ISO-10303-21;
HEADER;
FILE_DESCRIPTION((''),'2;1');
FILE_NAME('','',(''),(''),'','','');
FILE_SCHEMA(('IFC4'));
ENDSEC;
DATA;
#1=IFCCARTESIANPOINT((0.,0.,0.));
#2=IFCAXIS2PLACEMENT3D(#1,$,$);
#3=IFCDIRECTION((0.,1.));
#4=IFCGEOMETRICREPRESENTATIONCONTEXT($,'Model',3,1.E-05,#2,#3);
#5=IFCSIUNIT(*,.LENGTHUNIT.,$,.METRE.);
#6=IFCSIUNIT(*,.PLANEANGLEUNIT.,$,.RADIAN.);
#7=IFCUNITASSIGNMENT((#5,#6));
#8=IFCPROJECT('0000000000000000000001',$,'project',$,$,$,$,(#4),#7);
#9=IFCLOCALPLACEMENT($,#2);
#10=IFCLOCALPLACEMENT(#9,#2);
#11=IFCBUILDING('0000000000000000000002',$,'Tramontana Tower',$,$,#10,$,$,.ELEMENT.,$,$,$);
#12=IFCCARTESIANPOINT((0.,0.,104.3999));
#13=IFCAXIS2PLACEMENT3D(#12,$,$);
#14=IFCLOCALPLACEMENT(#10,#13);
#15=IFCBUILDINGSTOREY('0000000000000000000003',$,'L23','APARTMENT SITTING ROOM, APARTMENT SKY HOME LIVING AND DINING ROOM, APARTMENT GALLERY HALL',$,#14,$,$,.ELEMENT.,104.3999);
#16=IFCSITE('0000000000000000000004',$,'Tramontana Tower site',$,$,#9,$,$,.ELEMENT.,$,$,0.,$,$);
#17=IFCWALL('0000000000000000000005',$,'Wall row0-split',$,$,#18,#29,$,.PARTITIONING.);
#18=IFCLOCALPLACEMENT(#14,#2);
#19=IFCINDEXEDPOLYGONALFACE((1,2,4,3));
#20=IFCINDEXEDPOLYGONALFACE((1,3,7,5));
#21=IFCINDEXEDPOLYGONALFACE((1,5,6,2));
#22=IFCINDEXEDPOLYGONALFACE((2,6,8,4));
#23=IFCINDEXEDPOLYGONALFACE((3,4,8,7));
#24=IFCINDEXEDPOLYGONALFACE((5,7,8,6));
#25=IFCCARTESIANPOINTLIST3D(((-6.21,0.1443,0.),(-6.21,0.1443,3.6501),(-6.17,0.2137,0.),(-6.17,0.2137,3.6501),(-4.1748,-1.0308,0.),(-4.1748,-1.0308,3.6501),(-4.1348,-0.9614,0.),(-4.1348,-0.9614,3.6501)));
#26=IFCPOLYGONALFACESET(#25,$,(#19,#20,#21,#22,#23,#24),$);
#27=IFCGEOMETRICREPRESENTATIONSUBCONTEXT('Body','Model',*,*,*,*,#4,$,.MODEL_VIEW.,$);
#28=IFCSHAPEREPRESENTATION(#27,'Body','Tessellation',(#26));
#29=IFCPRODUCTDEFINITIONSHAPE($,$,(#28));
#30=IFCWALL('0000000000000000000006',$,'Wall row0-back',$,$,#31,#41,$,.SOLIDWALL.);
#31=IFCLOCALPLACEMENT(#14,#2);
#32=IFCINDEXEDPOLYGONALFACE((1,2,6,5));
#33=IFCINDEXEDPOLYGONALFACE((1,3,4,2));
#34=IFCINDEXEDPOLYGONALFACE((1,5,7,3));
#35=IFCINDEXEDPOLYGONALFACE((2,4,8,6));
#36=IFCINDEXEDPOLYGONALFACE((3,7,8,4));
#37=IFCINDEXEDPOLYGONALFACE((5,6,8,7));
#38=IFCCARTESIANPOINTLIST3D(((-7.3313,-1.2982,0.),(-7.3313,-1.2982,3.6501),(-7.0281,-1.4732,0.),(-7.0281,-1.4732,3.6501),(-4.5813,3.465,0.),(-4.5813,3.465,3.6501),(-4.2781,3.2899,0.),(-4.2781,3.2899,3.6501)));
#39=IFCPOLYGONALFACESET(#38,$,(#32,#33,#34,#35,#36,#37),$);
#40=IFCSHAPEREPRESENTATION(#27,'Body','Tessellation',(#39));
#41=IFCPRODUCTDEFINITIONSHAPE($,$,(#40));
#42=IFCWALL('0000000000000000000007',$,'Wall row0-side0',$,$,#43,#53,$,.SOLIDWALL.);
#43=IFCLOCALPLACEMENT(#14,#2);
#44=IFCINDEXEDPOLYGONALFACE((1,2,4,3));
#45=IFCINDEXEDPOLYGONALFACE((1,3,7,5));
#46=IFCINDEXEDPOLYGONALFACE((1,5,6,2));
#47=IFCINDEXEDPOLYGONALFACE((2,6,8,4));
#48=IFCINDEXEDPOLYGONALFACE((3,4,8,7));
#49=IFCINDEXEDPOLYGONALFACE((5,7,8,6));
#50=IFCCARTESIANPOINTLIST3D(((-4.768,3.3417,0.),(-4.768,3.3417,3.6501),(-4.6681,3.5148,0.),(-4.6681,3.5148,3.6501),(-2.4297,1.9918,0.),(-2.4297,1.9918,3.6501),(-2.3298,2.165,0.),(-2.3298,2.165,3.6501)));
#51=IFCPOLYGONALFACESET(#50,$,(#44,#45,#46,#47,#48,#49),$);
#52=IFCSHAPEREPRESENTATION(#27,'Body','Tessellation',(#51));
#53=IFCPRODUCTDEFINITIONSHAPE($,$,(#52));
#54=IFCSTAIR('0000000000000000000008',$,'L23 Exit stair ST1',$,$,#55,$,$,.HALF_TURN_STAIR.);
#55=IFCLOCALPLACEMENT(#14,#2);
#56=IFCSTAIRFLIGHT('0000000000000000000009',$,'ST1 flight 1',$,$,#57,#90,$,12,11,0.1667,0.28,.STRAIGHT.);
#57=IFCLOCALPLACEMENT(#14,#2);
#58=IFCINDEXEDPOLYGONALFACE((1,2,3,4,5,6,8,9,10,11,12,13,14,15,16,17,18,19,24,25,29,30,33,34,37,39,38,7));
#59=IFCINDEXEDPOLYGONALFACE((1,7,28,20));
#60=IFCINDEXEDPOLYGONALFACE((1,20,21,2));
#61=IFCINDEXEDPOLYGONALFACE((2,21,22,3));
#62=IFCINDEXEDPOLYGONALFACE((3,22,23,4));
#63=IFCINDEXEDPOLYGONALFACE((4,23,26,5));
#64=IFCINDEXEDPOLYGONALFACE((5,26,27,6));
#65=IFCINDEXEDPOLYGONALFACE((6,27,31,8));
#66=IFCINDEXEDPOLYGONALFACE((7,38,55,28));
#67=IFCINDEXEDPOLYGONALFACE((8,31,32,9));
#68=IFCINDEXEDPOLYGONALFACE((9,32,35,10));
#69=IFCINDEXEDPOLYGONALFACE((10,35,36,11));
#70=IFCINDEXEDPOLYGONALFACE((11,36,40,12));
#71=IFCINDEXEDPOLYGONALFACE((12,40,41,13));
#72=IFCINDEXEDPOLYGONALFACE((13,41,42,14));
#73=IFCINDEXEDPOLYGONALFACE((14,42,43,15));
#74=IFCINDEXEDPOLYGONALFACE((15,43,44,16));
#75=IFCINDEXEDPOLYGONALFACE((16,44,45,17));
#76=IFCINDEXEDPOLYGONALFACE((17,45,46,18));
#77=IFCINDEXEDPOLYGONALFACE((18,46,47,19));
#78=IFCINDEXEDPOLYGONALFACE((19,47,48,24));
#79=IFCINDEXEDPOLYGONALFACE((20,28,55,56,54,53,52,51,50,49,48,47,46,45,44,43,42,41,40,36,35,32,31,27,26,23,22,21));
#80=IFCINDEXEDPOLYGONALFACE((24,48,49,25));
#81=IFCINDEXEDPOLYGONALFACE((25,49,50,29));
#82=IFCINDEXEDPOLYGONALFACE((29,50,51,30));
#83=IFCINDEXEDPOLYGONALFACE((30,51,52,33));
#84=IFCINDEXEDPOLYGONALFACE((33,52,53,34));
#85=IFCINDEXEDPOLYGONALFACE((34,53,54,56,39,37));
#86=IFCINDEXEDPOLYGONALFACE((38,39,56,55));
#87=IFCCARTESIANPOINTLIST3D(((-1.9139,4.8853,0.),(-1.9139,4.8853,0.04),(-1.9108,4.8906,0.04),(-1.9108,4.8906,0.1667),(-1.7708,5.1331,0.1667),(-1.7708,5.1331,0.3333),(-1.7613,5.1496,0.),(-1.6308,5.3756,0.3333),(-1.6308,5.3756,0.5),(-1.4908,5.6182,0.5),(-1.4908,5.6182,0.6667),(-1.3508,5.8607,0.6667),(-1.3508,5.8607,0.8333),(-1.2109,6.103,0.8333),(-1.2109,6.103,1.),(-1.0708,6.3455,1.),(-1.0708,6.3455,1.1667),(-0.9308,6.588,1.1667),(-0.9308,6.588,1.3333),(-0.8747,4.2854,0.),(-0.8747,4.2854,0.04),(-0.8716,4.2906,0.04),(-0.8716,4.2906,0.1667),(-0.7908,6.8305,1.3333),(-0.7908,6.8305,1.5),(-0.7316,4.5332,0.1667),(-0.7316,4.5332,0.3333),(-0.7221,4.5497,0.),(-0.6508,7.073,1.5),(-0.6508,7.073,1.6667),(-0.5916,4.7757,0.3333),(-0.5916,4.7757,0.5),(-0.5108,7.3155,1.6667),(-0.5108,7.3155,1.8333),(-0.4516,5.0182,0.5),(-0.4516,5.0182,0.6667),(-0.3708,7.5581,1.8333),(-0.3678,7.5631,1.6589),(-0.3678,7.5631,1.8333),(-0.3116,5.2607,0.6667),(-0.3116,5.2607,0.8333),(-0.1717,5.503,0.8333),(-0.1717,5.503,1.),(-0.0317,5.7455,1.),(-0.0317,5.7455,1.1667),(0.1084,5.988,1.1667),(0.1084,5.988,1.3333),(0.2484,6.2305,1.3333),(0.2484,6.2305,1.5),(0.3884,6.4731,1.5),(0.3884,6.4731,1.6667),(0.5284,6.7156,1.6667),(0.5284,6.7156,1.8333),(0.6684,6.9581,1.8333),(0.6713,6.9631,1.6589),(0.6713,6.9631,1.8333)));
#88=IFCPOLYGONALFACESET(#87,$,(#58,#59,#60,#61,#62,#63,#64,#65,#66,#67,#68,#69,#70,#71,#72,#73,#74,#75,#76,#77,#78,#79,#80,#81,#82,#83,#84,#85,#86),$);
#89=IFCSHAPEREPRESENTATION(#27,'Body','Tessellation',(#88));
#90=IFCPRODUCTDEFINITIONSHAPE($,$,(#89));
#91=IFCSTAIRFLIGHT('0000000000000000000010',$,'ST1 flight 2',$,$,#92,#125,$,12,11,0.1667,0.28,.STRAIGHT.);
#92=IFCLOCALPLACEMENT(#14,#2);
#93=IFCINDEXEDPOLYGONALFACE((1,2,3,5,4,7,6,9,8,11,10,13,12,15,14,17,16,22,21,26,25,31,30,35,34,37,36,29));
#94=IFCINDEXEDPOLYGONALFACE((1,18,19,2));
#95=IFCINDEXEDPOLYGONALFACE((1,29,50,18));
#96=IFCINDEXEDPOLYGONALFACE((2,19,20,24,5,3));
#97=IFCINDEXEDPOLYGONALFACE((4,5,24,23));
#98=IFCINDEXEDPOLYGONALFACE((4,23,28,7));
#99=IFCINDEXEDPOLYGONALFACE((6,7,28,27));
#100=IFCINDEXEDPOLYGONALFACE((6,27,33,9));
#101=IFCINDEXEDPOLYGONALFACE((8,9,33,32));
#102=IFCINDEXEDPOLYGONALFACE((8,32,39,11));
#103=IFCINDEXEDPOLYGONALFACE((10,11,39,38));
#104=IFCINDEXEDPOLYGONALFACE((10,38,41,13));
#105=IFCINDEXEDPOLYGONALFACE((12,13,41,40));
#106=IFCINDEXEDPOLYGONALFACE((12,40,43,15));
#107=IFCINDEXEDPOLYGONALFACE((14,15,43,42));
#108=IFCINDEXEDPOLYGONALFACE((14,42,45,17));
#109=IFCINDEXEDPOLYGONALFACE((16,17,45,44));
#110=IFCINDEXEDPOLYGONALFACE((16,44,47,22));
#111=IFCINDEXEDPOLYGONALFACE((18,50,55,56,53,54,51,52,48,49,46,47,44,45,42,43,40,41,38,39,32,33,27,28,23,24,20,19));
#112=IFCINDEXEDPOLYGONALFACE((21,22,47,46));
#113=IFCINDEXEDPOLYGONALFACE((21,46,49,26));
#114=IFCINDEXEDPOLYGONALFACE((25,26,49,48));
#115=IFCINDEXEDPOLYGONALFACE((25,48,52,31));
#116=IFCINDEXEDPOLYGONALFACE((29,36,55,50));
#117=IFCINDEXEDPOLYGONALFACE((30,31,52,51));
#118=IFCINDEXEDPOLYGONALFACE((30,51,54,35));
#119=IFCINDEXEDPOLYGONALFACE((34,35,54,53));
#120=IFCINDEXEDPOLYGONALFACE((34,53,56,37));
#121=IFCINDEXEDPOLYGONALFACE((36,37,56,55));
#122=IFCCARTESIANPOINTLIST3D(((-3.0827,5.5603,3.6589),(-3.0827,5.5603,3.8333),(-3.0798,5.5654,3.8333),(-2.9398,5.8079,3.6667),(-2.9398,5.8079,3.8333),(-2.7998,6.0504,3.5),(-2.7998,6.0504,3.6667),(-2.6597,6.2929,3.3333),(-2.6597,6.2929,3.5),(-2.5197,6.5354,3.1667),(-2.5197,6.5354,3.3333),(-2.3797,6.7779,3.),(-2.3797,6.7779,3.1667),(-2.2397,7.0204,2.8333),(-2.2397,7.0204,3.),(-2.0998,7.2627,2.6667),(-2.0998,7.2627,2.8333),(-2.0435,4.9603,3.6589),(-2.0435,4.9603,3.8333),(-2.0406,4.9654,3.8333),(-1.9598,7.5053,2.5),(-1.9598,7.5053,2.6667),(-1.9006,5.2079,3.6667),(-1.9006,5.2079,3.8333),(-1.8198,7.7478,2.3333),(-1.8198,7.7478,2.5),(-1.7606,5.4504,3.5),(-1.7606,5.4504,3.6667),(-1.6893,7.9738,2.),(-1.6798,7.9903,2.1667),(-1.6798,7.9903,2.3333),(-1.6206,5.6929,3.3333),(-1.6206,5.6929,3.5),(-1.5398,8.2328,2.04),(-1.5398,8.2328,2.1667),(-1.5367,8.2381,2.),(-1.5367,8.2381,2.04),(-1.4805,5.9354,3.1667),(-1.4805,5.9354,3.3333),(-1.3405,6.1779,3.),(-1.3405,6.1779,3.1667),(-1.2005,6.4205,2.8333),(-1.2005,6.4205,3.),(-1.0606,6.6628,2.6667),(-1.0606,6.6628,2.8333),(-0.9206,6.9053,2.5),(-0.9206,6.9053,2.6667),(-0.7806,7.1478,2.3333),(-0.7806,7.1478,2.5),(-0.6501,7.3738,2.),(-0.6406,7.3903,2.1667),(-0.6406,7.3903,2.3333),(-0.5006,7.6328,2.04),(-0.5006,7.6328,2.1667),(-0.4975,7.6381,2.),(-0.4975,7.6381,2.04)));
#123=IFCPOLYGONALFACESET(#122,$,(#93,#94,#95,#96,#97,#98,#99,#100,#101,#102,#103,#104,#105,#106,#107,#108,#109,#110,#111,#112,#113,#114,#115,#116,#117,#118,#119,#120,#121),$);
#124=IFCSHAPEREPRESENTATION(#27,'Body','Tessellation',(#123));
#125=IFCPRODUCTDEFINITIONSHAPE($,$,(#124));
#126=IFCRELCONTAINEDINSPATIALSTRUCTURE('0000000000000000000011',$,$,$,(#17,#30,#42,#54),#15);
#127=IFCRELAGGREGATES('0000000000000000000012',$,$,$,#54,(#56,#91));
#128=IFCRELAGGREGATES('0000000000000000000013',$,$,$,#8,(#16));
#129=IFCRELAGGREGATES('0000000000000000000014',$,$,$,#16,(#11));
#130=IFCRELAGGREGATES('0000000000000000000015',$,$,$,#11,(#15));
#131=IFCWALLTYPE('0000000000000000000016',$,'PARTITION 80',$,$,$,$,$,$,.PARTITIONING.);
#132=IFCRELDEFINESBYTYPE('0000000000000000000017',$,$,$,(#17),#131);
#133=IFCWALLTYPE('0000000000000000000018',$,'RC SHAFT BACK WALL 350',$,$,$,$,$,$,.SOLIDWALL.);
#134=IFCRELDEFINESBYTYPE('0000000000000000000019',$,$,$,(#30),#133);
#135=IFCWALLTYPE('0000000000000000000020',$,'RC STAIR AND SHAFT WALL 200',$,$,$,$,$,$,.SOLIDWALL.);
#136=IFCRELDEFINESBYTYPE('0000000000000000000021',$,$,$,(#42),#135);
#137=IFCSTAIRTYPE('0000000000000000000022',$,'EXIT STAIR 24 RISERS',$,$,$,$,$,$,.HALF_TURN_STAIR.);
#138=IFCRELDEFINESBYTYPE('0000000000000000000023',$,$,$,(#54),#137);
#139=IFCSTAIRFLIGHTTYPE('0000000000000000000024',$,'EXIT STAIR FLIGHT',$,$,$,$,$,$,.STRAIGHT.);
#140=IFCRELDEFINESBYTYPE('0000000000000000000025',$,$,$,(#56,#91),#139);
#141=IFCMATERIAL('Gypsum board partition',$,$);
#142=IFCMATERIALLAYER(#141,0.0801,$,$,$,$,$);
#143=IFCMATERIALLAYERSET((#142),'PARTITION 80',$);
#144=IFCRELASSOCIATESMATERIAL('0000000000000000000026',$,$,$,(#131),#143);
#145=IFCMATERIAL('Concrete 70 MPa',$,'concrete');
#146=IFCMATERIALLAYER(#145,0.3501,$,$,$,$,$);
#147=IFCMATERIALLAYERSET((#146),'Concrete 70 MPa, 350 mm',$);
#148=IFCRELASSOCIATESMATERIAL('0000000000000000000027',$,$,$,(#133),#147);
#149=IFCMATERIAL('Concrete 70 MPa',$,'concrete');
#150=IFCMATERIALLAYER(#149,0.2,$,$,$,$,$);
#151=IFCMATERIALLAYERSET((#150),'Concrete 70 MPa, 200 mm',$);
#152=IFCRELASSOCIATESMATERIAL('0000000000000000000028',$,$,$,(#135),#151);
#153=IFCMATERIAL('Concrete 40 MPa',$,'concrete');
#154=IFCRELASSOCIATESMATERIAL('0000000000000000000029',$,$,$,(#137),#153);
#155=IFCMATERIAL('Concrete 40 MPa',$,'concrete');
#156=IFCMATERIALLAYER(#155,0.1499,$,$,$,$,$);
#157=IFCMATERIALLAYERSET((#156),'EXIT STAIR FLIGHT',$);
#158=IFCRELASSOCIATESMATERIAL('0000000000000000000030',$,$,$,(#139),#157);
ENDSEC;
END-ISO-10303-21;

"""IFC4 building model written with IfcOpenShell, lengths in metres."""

from ifc_helpers import new_model, si_unit, direction, frame, frame_2d, origin, place, context, subcontext, project, spatial, polyline, rectangle, outline, extrude, material, layer, layer_set, type_object, element, aggregate, save


model = new_model("IFC4")

# Units and contexts
model_context = context("Model", 3, precision=1e-05, world=origin(), true_north=direction((0.0, 1.0)))
body_context = subcontext(model_context, "Body", "Model", "MODEL_VIEW")
ifc_project = project(units=[si_unit("LENGTHUNIT", "METRE"), si_unit("PLANEANGLEUNIT", "RADIAN")], contexts=[model_context])

# Site, building, storey
site_placement = place(None, origin())
site = spatial("IfcSite", under=ifc_project, at=site_placement, Name="Tramontana Tower site", CompositionType="ELEMENT", RefElevation=0.0)
building_placement = place(site_placement, origin())
building = spatial("IfcBuilding", under=site, at=building_placement, Name="Tramontana Tower", CompositionType="ELEMENT")
storey_placement = place(building_placement, frame((0.0, 0.0, 104.3999)))
storey = spatial("IfcBuildingStorey", under=building, at=storey_placement, Name="L23", Description="APARTMENT SITTING ROOM, APARTMENT SKY HOME LIVING AND DINING ROOM, APARTMENT GALLERY HALL", CompositionType="ELEMENT", Elevation=104.3999)

# Walls
ifc_material_1 = material(Name="Gypsum board partition")
ifc_layer_1 = layer(ifc_material_1, 0.0801)
ifc_layer_set_1 = layer_set([ifc_layer_1], Name="PARTITION 80")
wall_type_1 = type_object("IfcWallType", Name="PARTITION 80", PredefinedType="PARTITIONING", material=ifc_layer_set_1)
wall_1_placement = place(storey_placement, frame((-4.1548, -0.9961, 0.0), z_axis=(0.0, 0.0, 1.0), x_axis=(-0.866016, 0.500016, 0.0)))
element("IfcWall", 1, at=wall_1_placement, inside=storey, type_object=wall_type_1, Name="Wall row0-split", PredefinedType="PARTITIONING", context=body_context, shape_type="SweptSolid", body=[
    extrude(rectangle(XDim=2.3501, YDim=0.0801, at=frame_2d((1.175, 0.0))), origin(), (0.0, 0.0, 1.0), 3.6501),
])
ifc_material_2 = material(Name="Concrete 70 MPa", Category="concrete")
ifc_layer_2 = layer(ifc_material_2, 0.3501)
ifc_layer_set_2 = layer_set([ifc_layer_2], Name="Concrete 70 MPa, 350 mm")
wall_type_2 = type_object("IfcWallType", Name="RC SHAFT BACK WALL 350", PredefinedType="SOLIDWALL", material=ifc_layer_set_2)
wall_2_placement = place(storey_placement, frame((-4.4297, 3.3774, 0.0), z_axis=(0.0, 0.0, 1.0), x_axis=(-0.499997, -0.866027, 0.0)))
element("IfcWall", 2, at=wall_2_placement, inside=storey, type_object=wall_type_2, Name="Wall row0-back", PredefinedType="SOLIDWALL", context=body_context, shape_type="SweptSolid", body=[
    extrude(rectangle(XDim=5.5, YDim=0.3501, at=frame_2d((2.75, 0.0))), origin(), (0.0, 0.0, 1.0), 3.6501),
])

# Shared definitions
ifc_material_3 = material(Name="Concrete 70 MPa", Category="concrete")
ifc_layer_3 = layer(ifc_material_3, 0.2)
ifc_layer_set_3 = layer_set([ifc_layer_3], Name="Concrete 70 MPa, 200 mm")
wall_type_3 = type_object("IfcWallType", Name="RC STAIR AND SHAFT WALL 200", PredefinedType="SOLIDWALL", material=ifc_layer_set_3)

# Wall
wall_3_placement = place(storey_placement, frame((-2.3796, 2.0784, 0.0), z_axis=(0.0, 0.0, 1.0), x_axis=(-0.866059, 0.499942, 0.0)))
element("IfcWall", 3, at=wall_3_placement, inside=storey, type_object=wall_type_3, Name="Wall row0-side0", PredefinedType="SOLIDWALL", context=body_context, shape_type="SweptSolid", body=[
    extrude(rectangle(XDim=2.7, YDim=0.2, at=frame_2d((1.3501, 0.0))), origin(), (0.0, 0.0, 1.0), 3.6501),
])

# Stair, stair flights
ifc_material_4 = material(Name="Concrete 40 MPa", Category="concrete")
stair_type = type_object("IfcStairType", Name="EXIT STAIR 24 RISERS", PredefinedType="HALF_TURN_STAIR", material=ifc_material_4)
stair_placement = place(storey_placement, origin())
stair = element("IfcStair", 4, at=stair_placement, inside=storey, type_object=stair_type, Name="L23 Exit stair ST1", PredefinedType="HALF_TURN_STAIR")
ifc_material_5 = material(Name="Concrete 40 MPa", Category="concrete")
ifc_layer_4 = layer(ifc_material_5, 0.1499)
ifc_layer_set_4 = layer_set([ifc_layer_4], Name="EXIT STAIR FLIGHT")
stair_flight_type = type_object("IfcStairFlightType", Name="EXIT STAIR FLIGHT", PredefinedType="STRAIGHT", material=ifc_layer_set_4)
stair_flight_1_placement = place(storey_placement, frame((-1.3911, 4.5906, 0.0), z_axis=(0.0, 0.0, 1.0), x_axis=(0.5, 0.866025, 0.0)))
stair_flight_1 = element("IfcStairFlight", 5, at=stair_flight_1_placement, type_object=stair_flight_type, Name="ST1 flight 1", NumberOfRisers=12, NumberOfTreads=11, PredefinedType="STRAIGHT", RiserHeight=0.1667, TreadLength=0.28, context=body_context, shape_type="SweptSolid", body=[
    extrude(outline(polyline([(-0.0061, 0.0), (-0.0061, 0.04), (0.0, 0.04), (0.0, 0.1667), (0.28, 0.1667), (0.28, 0.3333), (0.5601, 0.3333), (0.5601, 0.5), (0.8401, 0.5), (0.8401, 0.6667), (1.1201, 0.6667), (1.1201, 0.8333), (1.3999, 0.8333), (1.3999, 1.0), (1.6799, 1.0), (1.6799, 1.1667), (1.96, 1.1667), (1.96, 1.3333), (2.24, 1.3333), (2.24, 1.5), (2.52, 1.5), (2.52, 1.6667), (2.8, 1.6667), (2.8, 1.8333), (3.0801, 1.8333), (3.0859, 1.8333), (3.0859, 1.6589), (0.2991, 0.0), (-0.0061, 0.0)])), frame((0.0, 0.6001, 0.0), z_axis=(0.0, -1.0, 0.0), x_axis=(1.0, 0.0, 0.0)), (0.0, 0.0, 1.0), 1.2),
])
stair_flight_2_placement = place(storey_placement, frame((-1.0203, 7.9329, 2.0), z_axis=(0.0, 0.0, 1.0), x_axis=(-0.5, -0.866025, 0.0)))
stair_flight_2 = element("IfcStairFlight", 6, at=stair_flight_2_placement, type_object=stair_flight_type, Name="ST1 flight 2", NumberOfRisers=12, NumberOfTreads=11, PredefinedType="STRAIGHT", RiserHeight=0.1667, TreadLength=0.28, context=body_context, shape_type="SweptSolid", body=[
    extrude(outline(polyline([(-0.0061, 0.0), (-0.0061, 0.04), (0.0, 0.04), (0.0, 0.1667), (0.28, 0.1667), (0.28, 0.3333), (0.5601, 0.3333), (0.5601, 0.5), (0.8401, 0.5), (0.8401, 0.6667), (1.1201, 0.6667), (1.1201, 0.8333), (1.3999, 0.8333), (1.3999, 1.0), (1.6799, 1.0), (1.6799, 1.1667), (1.96, 1.1667), (1.96, 1.3333), (2.24, 1.3333), (2.24, 1.5), (2.52, 1.5), (2.52, 1.6667), (2.8, 1.6667), (2.8, 1.8333), (3.0801, 1.8333), (3.0859, 1.8333), (3.0859, 1.6589), (0.2991, 0.0), (-0.0061, 0.0)])), frame((0.0, 0.6001, 0.0), z_axis=(0.0, -1.0, 0.0), x_axis=(1.0, 0.0, 0.0)), (0.0, 0.0, 1.0), 1.2),
])
aggregate(stair, [stair_flight_1, stair_flight_2])

save(model, "model.ifc")
